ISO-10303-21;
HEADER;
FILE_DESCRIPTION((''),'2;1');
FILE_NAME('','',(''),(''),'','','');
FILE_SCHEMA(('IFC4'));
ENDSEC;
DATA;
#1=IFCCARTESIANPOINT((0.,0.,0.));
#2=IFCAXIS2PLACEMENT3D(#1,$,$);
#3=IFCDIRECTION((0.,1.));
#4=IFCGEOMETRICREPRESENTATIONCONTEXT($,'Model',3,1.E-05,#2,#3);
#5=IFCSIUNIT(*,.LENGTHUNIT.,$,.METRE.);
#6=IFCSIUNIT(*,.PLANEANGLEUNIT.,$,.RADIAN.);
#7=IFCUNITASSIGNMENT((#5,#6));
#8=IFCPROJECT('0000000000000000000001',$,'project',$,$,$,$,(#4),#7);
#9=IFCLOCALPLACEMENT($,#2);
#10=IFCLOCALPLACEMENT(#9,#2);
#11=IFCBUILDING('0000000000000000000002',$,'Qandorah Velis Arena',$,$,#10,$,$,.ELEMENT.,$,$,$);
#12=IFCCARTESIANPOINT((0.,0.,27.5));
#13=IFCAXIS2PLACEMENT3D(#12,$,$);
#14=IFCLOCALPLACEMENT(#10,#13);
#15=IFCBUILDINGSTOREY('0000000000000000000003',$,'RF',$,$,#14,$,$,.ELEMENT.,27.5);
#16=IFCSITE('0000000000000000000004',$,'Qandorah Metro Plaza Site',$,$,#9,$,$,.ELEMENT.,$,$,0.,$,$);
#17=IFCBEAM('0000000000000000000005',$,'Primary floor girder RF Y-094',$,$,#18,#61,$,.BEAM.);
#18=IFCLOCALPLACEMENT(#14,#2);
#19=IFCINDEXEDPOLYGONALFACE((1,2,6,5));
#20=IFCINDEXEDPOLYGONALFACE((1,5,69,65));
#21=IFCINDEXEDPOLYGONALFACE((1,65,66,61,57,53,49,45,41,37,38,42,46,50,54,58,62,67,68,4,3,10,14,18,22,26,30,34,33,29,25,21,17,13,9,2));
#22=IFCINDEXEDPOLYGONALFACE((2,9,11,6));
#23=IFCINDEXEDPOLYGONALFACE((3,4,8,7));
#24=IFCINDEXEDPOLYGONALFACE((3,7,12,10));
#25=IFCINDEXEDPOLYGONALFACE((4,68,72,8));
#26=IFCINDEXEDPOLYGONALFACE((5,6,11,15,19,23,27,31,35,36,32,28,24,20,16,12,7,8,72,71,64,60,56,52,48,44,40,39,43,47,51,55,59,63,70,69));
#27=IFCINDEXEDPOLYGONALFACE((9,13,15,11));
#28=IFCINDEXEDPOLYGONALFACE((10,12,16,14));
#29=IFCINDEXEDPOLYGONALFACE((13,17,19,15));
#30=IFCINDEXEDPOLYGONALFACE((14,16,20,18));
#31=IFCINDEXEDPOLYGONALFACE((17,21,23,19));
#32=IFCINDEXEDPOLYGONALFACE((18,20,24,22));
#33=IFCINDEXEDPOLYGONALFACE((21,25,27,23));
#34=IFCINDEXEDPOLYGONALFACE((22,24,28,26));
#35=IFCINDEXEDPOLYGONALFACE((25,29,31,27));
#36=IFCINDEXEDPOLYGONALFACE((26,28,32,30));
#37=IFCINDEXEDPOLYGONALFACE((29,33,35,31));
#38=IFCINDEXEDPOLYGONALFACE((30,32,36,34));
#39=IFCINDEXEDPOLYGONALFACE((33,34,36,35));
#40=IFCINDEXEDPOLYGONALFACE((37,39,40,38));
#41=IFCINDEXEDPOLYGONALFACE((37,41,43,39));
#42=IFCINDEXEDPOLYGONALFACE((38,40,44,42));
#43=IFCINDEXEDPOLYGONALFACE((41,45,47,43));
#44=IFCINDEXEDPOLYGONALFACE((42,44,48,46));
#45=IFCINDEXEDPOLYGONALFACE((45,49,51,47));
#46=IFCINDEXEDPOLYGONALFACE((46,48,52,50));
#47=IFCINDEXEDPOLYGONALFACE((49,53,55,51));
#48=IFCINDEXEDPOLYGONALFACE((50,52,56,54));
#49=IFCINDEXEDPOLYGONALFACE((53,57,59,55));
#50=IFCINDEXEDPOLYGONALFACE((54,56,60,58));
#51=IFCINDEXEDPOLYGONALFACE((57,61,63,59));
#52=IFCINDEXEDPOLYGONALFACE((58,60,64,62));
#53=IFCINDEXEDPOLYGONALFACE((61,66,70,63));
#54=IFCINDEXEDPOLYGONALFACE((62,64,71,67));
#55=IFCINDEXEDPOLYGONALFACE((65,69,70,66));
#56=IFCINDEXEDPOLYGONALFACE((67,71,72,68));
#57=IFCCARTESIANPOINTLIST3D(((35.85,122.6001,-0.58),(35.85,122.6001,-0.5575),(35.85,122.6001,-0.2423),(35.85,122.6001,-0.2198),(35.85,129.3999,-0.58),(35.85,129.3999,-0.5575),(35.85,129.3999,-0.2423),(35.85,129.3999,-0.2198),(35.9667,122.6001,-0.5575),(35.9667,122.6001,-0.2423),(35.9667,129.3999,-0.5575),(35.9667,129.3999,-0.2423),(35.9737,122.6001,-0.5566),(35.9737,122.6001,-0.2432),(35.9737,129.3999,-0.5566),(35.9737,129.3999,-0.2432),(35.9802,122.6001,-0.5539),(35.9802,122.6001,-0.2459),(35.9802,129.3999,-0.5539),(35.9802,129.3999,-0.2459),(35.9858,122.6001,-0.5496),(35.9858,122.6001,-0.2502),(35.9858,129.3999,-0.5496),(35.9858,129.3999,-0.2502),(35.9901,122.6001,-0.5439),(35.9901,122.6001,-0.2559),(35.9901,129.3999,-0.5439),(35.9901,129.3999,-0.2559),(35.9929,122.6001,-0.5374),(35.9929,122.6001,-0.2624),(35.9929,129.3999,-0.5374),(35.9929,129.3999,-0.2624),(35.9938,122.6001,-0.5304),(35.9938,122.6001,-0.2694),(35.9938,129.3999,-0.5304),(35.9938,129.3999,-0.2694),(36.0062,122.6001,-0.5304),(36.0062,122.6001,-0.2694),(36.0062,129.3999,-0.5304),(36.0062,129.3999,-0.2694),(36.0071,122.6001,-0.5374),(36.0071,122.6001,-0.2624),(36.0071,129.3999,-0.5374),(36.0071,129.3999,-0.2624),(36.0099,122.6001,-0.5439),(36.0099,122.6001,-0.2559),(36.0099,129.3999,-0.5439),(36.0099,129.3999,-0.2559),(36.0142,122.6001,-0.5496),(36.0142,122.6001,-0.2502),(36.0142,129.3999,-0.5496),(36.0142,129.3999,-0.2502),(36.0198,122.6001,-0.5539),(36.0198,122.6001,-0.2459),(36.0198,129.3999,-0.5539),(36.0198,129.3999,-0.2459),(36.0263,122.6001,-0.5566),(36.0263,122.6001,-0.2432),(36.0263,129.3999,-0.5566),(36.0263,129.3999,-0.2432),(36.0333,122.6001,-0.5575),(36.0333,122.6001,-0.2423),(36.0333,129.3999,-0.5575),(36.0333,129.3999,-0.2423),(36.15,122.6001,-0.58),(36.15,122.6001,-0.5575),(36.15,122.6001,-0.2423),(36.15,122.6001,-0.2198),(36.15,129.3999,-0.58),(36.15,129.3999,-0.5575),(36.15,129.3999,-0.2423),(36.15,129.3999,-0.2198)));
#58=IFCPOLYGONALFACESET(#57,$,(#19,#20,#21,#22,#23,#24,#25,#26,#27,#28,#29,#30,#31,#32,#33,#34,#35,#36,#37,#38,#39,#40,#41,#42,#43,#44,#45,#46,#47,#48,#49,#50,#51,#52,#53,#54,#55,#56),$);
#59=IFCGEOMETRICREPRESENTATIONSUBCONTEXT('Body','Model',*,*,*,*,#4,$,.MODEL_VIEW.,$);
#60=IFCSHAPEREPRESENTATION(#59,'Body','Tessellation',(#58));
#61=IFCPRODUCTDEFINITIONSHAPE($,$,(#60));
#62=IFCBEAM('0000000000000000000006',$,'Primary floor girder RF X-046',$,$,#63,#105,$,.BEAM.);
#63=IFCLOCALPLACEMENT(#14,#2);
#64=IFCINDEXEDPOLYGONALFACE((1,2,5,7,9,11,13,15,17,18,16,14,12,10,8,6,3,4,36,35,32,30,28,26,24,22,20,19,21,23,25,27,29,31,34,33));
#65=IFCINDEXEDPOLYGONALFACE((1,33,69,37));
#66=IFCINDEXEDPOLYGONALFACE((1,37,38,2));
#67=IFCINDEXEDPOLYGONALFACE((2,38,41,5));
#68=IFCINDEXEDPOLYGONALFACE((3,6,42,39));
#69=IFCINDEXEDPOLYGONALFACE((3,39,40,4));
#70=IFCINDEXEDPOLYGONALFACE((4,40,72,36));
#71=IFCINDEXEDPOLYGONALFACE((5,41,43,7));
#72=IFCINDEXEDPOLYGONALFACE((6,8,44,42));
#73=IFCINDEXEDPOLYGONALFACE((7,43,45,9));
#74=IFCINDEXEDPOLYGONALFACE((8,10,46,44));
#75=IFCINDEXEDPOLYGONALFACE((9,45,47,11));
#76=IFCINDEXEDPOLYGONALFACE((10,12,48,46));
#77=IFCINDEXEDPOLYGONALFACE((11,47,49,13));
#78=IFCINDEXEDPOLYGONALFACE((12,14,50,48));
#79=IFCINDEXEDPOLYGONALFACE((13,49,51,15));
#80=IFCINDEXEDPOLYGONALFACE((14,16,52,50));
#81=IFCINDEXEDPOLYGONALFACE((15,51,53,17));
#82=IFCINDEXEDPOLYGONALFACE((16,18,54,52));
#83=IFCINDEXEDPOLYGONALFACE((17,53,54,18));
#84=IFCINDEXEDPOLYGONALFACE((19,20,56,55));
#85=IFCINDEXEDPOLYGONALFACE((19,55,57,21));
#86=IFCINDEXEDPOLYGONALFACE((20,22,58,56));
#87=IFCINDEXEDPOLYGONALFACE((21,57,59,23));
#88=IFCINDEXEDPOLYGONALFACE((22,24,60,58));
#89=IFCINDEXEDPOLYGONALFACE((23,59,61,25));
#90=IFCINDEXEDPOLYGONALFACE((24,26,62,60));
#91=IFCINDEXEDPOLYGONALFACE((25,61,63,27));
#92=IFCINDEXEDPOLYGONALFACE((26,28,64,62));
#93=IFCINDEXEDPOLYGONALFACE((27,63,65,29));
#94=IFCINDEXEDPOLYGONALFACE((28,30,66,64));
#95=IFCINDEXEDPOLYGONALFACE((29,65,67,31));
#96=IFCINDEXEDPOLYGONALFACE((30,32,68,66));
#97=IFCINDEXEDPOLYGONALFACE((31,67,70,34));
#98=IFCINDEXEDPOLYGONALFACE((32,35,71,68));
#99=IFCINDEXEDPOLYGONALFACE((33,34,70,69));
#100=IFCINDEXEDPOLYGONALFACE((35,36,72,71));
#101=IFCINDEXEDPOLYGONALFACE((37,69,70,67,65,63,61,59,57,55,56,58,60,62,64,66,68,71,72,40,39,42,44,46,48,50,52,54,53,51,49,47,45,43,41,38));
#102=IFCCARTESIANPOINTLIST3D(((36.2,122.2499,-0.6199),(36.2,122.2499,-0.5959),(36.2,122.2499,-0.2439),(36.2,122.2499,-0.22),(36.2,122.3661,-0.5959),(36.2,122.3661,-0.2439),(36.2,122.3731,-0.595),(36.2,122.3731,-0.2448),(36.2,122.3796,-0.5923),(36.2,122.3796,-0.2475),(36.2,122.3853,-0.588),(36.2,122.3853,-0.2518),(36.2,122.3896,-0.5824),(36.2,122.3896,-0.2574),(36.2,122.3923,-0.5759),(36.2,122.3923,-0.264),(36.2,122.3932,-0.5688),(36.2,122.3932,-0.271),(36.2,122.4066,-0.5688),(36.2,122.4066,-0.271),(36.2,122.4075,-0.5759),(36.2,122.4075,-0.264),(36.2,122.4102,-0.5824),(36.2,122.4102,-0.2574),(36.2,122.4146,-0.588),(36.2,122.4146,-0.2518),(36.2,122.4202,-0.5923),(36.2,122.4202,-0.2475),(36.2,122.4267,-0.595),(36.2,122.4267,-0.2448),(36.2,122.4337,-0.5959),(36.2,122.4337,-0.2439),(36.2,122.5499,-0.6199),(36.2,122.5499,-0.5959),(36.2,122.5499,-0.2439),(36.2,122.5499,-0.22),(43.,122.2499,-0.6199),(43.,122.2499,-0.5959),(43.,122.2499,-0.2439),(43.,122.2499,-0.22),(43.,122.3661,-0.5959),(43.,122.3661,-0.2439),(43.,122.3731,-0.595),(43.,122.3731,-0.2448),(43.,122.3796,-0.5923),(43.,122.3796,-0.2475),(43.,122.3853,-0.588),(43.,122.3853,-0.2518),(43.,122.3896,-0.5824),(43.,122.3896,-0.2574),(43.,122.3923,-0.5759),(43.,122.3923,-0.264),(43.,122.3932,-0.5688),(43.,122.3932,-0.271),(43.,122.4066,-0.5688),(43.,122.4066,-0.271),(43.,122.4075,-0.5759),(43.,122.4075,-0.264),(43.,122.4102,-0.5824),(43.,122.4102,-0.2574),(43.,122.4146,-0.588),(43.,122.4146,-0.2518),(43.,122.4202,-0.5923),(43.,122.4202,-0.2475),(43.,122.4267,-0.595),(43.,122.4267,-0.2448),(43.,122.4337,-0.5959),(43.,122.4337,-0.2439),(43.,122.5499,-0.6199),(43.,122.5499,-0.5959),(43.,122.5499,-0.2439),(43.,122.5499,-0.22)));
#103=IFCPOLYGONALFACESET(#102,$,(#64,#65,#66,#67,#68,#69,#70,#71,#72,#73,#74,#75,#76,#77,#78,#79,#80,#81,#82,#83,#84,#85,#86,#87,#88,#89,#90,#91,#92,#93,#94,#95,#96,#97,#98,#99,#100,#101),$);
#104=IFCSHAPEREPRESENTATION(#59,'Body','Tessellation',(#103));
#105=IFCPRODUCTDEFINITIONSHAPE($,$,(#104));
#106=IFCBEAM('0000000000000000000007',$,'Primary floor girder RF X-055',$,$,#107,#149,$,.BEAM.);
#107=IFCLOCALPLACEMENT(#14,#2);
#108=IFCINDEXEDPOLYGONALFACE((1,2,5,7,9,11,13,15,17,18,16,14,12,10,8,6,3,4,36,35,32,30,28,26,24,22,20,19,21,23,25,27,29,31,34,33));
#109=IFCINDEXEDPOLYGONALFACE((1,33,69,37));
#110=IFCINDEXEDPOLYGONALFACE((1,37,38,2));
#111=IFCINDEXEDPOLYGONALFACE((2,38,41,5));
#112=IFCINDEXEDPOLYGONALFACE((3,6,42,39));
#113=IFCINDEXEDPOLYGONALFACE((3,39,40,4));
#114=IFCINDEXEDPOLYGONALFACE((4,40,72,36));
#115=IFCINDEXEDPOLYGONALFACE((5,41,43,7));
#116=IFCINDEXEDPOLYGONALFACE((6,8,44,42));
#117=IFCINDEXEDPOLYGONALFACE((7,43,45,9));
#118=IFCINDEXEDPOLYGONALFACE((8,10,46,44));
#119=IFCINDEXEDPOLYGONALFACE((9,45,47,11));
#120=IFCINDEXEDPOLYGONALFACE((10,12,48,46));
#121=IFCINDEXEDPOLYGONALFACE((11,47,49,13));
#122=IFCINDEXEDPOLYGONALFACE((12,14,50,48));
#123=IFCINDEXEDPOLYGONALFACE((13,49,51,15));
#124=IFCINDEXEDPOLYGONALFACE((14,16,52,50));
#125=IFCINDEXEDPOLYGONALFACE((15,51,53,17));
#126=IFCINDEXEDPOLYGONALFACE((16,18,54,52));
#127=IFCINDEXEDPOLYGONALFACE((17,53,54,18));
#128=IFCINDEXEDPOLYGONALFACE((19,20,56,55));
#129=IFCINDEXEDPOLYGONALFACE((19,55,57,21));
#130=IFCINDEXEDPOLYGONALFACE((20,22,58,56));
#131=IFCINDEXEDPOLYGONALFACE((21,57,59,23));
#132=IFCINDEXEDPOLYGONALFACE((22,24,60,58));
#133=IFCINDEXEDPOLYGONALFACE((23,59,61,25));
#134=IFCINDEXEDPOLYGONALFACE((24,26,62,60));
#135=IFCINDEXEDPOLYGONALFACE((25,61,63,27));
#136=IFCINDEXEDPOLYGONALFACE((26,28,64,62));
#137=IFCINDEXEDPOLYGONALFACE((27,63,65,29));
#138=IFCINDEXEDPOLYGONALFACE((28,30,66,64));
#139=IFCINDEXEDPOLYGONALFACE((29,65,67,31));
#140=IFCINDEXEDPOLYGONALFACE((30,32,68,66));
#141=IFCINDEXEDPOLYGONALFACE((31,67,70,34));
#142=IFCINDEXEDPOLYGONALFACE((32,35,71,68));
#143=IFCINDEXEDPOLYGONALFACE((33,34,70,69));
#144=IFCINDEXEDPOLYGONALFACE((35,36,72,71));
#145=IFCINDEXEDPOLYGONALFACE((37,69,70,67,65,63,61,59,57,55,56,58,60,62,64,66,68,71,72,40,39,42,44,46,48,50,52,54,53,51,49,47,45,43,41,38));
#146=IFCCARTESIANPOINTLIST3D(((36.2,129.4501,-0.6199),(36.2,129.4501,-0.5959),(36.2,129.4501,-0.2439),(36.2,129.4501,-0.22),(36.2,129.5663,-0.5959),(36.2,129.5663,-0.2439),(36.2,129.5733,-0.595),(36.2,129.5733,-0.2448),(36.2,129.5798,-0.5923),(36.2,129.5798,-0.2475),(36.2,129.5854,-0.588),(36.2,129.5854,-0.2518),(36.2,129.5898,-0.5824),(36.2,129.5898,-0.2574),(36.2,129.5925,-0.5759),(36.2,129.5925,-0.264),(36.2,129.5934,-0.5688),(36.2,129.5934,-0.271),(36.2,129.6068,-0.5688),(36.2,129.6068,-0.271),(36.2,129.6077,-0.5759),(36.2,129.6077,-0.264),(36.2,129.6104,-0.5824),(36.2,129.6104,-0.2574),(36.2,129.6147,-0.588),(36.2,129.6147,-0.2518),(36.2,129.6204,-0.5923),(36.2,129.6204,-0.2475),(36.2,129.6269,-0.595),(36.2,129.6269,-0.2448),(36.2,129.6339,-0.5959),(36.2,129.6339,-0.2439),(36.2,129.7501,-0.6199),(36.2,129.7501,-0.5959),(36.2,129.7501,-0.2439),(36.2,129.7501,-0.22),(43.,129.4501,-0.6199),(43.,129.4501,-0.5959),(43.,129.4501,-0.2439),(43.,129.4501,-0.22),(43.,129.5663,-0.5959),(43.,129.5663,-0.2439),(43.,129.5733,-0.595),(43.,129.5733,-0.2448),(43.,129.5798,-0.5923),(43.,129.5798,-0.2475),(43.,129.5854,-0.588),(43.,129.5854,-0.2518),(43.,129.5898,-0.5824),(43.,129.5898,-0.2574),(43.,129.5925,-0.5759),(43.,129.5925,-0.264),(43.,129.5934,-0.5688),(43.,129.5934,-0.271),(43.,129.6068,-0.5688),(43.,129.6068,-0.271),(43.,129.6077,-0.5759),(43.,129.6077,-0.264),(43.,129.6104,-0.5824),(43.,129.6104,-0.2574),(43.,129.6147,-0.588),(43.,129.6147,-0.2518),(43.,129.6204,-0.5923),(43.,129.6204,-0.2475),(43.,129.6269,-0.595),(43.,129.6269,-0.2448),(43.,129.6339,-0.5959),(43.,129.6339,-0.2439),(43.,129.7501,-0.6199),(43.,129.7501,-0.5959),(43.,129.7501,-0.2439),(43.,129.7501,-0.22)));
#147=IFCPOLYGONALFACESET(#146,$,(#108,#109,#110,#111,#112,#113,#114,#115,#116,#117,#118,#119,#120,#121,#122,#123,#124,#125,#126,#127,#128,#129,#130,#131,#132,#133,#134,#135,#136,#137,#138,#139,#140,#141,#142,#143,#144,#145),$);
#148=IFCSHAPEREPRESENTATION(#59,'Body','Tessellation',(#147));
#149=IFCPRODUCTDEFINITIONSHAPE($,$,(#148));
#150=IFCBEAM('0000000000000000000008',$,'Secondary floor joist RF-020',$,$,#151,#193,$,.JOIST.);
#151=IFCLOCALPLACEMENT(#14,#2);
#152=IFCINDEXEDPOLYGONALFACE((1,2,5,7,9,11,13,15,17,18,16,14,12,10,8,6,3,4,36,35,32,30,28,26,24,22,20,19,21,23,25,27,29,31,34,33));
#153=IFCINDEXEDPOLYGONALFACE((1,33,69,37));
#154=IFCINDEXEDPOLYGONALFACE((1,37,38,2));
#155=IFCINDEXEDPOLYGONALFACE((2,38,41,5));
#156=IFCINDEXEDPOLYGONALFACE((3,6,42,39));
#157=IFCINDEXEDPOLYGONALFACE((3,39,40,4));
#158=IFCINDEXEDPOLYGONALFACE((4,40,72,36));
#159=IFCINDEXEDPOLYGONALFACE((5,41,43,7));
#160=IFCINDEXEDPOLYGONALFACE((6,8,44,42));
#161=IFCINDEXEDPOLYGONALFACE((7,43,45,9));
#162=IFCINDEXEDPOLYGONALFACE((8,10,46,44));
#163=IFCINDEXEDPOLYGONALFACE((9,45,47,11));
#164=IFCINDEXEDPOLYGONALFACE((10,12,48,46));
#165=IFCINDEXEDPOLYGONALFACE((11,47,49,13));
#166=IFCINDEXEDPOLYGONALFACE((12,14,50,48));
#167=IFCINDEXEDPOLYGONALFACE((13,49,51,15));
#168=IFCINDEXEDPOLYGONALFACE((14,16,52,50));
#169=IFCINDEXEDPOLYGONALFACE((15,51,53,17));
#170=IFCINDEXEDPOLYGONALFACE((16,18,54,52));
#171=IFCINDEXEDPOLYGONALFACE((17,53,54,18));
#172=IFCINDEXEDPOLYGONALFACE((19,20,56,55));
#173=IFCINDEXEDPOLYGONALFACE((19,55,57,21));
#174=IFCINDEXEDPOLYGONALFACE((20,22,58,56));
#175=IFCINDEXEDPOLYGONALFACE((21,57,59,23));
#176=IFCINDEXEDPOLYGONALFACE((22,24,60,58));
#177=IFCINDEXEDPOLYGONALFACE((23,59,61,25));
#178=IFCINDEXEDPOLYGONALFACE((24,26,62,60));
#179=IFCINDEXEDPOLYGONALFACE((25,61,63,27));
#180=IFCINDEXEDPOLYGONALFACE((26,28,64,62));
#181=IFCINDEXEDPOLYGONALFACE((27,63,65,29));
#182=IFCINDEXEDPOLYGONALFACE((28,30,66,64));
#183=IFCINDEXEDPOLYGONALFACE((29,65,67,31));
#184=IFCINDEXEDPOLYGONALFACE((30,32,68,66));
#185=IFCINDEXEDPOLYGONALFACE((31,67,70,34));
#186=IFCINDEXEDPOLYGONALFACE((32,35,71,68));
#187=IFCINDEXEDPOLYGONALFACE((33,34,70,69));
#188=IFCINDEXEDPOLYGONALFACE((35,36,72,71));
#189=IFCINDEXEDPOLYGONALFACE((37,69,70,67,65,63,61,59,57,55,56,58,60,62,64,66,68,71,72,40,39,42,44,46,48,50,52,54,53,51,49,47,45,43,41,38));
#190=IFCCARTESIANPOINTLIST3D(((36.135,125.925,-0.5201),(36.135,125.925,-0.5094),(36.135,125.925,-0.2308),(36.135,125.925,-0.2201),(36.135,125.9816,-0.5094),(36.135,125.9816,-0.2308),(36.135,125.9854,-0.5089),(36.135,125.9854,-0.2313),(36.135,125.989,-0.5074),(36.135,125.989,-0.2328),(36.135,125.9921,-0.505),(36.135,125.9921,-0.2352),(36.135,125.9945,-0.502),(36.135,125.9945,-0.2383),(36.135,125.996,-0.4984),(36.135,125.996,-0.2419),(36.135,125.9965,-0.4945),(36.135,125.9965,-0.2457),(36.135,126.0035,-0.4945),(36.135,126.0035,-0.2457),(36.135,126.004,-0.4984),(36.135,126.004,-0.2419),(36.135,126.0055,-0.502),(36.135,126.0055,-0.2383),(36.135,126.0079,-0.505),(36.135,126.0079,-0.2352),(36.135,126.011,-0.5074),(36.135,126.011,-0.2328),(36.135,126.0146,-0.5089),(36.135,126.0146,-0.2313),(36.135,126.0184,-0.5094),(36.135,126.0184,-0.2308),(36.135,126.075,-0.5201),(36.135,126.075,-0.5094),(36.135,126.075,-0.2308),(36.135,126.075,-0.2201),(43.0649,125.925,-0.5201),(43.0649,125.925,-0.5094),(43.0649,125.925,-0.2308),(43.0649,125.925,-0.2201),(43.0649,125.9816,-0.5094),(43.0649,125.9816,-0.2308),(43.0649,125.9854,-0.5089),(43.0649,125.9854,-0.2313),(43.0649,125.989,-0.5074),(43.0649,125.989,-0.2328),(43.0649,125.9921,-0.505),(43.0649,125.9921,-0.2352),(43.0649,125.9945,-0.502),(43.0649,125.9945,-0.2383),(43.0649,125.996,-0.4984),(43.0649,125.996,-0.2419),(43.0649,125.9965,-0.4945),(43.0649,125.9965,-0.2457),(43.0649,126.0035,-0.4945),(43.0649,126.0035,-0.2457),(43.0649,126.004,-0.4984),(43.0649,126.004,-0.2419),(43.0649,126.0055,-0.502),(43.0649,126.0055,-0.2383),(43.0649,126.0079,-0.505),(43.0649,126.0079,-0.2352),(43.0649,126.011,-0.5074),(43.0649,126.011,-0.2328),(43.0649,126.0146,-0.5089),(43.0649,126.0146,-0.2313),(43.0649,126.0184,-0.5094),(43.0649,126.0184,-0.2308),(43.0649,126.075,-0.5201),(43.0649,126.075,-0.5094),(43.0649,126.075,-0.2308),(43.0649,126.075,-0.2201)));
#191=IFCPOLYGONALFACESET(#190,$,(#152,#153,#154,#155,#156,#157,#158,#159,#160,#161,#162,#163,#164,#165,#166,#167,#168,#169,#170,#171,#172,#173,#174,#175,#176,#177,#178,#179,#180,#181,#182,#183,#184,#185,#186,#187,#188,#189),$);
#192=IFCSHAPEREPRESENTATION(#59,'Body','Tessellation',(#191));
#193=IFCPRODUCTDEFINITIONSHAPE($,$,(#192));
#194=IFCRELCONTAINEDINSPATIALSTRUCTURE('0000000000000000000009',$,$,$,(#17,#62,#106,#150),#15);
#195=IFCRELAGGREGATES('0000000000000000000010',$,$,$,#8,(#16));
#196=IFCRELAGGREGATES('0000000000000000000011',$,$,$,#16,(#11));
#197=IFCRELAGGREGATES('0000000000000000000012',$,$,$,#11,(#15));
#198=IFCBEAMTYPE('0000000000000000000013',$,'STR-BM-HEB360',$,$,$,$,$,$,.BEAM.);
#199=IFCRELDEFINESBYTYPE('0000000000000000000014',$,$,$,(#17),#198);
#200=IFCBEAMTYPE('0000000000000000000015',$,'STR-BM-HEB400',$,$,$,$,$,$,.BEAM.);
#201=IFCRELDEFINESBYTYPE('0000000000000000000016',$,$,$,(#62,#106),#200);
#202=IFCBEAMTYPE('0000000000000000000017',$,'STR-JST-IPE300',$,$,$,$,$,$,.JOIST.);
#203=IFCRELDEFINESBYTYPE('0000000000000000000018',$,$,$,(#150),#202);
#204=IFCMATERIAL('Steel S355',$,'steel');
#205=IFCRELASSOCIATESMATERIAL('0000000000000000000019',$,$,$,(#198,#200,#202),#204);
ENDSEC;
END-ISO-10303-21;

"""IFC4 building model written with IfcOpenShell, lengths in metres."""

from ifc_helpers import new_model, si_unit, direction, frame, origin, origin_2d, place, context, subcontext, project, spatial, i_section, extrude, material, material_profile, profile_set, type_object, element, save


model = new_model("IFC4")

# Units and contexts
model_context = context("Model", 3, precision=1e-05, world=origin(), true_north=direction((0.0, 1.0)))
body_context = subcontext(model_context, "Body", "Model", "MODEL_VIEW")
ifc_project = project(units=[si_unit("LENGTHUNIT", "METRE"), si_unit("PLANEANGLEUNIT", "RADIAN")], contexts=[model_context])

# Site, building, storey
site_placement = place(None, origin())
site = spatial("IfcSite", under=ifc_project, at=site_placement, Name="Qandorah Metro Plaza Site", CompositionType="ELEMENT", RefElevation=0.0)
building_placement = place(site_placement, origin())
building = spatial("IfcBuilding", under=site, at=building_placement, Name="Qandorah Velis Arena", CompositionType="ELEMENT")
storey_placement = place(building_placement, frame((0.0, 0.0, 27.5)))
storey = spatial("IfcBuildingStorey", under=building, at=storey_placement, Name="RF", CompositionType="ELEMENT", Elevation=27.5)

# Beams
ifc_material_1 = material(Name="Steel S355", Category="steel")
ifc_material_profile_1 = material_profile(ifc_material_1, i_section(OverallWidth=0.3, OverallDepth=0.3601, WebThickness=0.0125, FlangeThickness=0.0225, FilletRadius=0.0271, at=origin_2d()), Name="HEB 360")
ifc_profile_set_1 = profile_set([ifc_material_profile_1], Name="Steel S355")
beam_type_1 = type_object("IfcBeamType", Name="STR-BM-HEB360", PredefinedType="BEAM", material=ifc_profile_set_1)
beam_1_placement = place(storey_placement, frame((36.0, 122.6001, -0.3999), z_axis=(0.0, 1.0, 0.0), x_axis=(-1.0, 0.0, 0.0)))
element("IfcBeam", 1, at=beam_1_placement, inside=storey, type_object=beam_type_1, Name="Primary floor girder RF Y-094", PredefinedType="BEAM", context=body_context, shape_type="SweptSolid", body=[
    extrude(i_section(OverallWidth=0.3, OverallDepth=0.3601, WebThickness=0.0125, FlangeThickness=0.0225, FilletRadius=0.0271, at=origin_2d()), origin(), (0.0, 0.0, 1.0), 6.7998),
])
ifc_material_profile_2 = material_profile(ifc_material_1, i_section(OverallWidth=0.3, OverallDepth=0.3999, WebThickness=0.0134, FlangeThickness=0.0239, FilletRadius=0.0271, at=origin_2d()), Name="HEB 400")
ifc_profile_set_2 = profile_set([ifc_material_profile_2], Name="Steel S355")
beam_type_2 = type_object("IfcBeamType", Name="STR-BM-HEB400", PredefinedType="BEAM", material=ifc_profile_set_2)
for number, where, z_axis, x_axis, name in (
    (2, (36.2, 122.3999, -0.4199), (1.0, 0.0, 0.0), (0.0, 1.0, 0.0), "Primary floor girder RF X-046"),
    (3, (36.2, 129.6001, -0.4199), (1.0, 0.0, 0.0), (0.0, 1.0, 0.0), "Primary floor girder RF X-055"),
):
    element("IfcBeam", number, at=place(storey_placement, frame(where, z_axis=z_axis, x_axis=x_axis)), inside=storey, type_object=beam_type_2, Name=name, PredefinedType="BEAM", context=body_context, shape_type="SweptSolid", body=[
        extrude(i_section(OverallWidth=0.3, OverallDepth=0.3999, WebThickness=0.0134, FlangeThickness=0.0239, FilletRadius=0.0271, at=origin_2d()), origin(), (0.0, 0.0, 1.0), 6.8),
    ])
ifc_material_profile_3 = material_profile(ifc_material_1, i_section(OverallWidth=0.1499, OverallDepth=0.3, WebThickness=0.0071, FlangeThickness=0.0107, FilletRadius=0.0149, at=origin_2d()), Name="IPE 300")
ifc_profile_set_3 = profile_set([ifc_material_profile_3], Name="Steel S355")
beam_type_3 = type_object("IfcBeamType", Name="STR-JST-IPE300", PredefinedType="JOIST", material=ifc_profile_set_3)
beam_2_placement = place(storey_placement, frame((36.135, 126.0, -0.3701), z_axis=(1.0, 0.0, 0.0), x_axis=(0.0, 1.0, 0.0)))
element("IfcBeam", 4, at=beam_2_placement, inside=storey, type_object=beam_type_3, Name="Secondary floor joist RF-020", PredefinedType="JOIST", context=body_context, shape_type="SweptSolid", body=[
    extrude(i_section(OverallWidth=0.1499, OverallDepth=0.3, WebThickness=0.0071, FlangeThickness=0.0107, FilletRadius=0.0149, at=origin_2d()), origin(), (0.0, 0.0, 1.0), 6.9299),
])

save(model, "model.ifc")
